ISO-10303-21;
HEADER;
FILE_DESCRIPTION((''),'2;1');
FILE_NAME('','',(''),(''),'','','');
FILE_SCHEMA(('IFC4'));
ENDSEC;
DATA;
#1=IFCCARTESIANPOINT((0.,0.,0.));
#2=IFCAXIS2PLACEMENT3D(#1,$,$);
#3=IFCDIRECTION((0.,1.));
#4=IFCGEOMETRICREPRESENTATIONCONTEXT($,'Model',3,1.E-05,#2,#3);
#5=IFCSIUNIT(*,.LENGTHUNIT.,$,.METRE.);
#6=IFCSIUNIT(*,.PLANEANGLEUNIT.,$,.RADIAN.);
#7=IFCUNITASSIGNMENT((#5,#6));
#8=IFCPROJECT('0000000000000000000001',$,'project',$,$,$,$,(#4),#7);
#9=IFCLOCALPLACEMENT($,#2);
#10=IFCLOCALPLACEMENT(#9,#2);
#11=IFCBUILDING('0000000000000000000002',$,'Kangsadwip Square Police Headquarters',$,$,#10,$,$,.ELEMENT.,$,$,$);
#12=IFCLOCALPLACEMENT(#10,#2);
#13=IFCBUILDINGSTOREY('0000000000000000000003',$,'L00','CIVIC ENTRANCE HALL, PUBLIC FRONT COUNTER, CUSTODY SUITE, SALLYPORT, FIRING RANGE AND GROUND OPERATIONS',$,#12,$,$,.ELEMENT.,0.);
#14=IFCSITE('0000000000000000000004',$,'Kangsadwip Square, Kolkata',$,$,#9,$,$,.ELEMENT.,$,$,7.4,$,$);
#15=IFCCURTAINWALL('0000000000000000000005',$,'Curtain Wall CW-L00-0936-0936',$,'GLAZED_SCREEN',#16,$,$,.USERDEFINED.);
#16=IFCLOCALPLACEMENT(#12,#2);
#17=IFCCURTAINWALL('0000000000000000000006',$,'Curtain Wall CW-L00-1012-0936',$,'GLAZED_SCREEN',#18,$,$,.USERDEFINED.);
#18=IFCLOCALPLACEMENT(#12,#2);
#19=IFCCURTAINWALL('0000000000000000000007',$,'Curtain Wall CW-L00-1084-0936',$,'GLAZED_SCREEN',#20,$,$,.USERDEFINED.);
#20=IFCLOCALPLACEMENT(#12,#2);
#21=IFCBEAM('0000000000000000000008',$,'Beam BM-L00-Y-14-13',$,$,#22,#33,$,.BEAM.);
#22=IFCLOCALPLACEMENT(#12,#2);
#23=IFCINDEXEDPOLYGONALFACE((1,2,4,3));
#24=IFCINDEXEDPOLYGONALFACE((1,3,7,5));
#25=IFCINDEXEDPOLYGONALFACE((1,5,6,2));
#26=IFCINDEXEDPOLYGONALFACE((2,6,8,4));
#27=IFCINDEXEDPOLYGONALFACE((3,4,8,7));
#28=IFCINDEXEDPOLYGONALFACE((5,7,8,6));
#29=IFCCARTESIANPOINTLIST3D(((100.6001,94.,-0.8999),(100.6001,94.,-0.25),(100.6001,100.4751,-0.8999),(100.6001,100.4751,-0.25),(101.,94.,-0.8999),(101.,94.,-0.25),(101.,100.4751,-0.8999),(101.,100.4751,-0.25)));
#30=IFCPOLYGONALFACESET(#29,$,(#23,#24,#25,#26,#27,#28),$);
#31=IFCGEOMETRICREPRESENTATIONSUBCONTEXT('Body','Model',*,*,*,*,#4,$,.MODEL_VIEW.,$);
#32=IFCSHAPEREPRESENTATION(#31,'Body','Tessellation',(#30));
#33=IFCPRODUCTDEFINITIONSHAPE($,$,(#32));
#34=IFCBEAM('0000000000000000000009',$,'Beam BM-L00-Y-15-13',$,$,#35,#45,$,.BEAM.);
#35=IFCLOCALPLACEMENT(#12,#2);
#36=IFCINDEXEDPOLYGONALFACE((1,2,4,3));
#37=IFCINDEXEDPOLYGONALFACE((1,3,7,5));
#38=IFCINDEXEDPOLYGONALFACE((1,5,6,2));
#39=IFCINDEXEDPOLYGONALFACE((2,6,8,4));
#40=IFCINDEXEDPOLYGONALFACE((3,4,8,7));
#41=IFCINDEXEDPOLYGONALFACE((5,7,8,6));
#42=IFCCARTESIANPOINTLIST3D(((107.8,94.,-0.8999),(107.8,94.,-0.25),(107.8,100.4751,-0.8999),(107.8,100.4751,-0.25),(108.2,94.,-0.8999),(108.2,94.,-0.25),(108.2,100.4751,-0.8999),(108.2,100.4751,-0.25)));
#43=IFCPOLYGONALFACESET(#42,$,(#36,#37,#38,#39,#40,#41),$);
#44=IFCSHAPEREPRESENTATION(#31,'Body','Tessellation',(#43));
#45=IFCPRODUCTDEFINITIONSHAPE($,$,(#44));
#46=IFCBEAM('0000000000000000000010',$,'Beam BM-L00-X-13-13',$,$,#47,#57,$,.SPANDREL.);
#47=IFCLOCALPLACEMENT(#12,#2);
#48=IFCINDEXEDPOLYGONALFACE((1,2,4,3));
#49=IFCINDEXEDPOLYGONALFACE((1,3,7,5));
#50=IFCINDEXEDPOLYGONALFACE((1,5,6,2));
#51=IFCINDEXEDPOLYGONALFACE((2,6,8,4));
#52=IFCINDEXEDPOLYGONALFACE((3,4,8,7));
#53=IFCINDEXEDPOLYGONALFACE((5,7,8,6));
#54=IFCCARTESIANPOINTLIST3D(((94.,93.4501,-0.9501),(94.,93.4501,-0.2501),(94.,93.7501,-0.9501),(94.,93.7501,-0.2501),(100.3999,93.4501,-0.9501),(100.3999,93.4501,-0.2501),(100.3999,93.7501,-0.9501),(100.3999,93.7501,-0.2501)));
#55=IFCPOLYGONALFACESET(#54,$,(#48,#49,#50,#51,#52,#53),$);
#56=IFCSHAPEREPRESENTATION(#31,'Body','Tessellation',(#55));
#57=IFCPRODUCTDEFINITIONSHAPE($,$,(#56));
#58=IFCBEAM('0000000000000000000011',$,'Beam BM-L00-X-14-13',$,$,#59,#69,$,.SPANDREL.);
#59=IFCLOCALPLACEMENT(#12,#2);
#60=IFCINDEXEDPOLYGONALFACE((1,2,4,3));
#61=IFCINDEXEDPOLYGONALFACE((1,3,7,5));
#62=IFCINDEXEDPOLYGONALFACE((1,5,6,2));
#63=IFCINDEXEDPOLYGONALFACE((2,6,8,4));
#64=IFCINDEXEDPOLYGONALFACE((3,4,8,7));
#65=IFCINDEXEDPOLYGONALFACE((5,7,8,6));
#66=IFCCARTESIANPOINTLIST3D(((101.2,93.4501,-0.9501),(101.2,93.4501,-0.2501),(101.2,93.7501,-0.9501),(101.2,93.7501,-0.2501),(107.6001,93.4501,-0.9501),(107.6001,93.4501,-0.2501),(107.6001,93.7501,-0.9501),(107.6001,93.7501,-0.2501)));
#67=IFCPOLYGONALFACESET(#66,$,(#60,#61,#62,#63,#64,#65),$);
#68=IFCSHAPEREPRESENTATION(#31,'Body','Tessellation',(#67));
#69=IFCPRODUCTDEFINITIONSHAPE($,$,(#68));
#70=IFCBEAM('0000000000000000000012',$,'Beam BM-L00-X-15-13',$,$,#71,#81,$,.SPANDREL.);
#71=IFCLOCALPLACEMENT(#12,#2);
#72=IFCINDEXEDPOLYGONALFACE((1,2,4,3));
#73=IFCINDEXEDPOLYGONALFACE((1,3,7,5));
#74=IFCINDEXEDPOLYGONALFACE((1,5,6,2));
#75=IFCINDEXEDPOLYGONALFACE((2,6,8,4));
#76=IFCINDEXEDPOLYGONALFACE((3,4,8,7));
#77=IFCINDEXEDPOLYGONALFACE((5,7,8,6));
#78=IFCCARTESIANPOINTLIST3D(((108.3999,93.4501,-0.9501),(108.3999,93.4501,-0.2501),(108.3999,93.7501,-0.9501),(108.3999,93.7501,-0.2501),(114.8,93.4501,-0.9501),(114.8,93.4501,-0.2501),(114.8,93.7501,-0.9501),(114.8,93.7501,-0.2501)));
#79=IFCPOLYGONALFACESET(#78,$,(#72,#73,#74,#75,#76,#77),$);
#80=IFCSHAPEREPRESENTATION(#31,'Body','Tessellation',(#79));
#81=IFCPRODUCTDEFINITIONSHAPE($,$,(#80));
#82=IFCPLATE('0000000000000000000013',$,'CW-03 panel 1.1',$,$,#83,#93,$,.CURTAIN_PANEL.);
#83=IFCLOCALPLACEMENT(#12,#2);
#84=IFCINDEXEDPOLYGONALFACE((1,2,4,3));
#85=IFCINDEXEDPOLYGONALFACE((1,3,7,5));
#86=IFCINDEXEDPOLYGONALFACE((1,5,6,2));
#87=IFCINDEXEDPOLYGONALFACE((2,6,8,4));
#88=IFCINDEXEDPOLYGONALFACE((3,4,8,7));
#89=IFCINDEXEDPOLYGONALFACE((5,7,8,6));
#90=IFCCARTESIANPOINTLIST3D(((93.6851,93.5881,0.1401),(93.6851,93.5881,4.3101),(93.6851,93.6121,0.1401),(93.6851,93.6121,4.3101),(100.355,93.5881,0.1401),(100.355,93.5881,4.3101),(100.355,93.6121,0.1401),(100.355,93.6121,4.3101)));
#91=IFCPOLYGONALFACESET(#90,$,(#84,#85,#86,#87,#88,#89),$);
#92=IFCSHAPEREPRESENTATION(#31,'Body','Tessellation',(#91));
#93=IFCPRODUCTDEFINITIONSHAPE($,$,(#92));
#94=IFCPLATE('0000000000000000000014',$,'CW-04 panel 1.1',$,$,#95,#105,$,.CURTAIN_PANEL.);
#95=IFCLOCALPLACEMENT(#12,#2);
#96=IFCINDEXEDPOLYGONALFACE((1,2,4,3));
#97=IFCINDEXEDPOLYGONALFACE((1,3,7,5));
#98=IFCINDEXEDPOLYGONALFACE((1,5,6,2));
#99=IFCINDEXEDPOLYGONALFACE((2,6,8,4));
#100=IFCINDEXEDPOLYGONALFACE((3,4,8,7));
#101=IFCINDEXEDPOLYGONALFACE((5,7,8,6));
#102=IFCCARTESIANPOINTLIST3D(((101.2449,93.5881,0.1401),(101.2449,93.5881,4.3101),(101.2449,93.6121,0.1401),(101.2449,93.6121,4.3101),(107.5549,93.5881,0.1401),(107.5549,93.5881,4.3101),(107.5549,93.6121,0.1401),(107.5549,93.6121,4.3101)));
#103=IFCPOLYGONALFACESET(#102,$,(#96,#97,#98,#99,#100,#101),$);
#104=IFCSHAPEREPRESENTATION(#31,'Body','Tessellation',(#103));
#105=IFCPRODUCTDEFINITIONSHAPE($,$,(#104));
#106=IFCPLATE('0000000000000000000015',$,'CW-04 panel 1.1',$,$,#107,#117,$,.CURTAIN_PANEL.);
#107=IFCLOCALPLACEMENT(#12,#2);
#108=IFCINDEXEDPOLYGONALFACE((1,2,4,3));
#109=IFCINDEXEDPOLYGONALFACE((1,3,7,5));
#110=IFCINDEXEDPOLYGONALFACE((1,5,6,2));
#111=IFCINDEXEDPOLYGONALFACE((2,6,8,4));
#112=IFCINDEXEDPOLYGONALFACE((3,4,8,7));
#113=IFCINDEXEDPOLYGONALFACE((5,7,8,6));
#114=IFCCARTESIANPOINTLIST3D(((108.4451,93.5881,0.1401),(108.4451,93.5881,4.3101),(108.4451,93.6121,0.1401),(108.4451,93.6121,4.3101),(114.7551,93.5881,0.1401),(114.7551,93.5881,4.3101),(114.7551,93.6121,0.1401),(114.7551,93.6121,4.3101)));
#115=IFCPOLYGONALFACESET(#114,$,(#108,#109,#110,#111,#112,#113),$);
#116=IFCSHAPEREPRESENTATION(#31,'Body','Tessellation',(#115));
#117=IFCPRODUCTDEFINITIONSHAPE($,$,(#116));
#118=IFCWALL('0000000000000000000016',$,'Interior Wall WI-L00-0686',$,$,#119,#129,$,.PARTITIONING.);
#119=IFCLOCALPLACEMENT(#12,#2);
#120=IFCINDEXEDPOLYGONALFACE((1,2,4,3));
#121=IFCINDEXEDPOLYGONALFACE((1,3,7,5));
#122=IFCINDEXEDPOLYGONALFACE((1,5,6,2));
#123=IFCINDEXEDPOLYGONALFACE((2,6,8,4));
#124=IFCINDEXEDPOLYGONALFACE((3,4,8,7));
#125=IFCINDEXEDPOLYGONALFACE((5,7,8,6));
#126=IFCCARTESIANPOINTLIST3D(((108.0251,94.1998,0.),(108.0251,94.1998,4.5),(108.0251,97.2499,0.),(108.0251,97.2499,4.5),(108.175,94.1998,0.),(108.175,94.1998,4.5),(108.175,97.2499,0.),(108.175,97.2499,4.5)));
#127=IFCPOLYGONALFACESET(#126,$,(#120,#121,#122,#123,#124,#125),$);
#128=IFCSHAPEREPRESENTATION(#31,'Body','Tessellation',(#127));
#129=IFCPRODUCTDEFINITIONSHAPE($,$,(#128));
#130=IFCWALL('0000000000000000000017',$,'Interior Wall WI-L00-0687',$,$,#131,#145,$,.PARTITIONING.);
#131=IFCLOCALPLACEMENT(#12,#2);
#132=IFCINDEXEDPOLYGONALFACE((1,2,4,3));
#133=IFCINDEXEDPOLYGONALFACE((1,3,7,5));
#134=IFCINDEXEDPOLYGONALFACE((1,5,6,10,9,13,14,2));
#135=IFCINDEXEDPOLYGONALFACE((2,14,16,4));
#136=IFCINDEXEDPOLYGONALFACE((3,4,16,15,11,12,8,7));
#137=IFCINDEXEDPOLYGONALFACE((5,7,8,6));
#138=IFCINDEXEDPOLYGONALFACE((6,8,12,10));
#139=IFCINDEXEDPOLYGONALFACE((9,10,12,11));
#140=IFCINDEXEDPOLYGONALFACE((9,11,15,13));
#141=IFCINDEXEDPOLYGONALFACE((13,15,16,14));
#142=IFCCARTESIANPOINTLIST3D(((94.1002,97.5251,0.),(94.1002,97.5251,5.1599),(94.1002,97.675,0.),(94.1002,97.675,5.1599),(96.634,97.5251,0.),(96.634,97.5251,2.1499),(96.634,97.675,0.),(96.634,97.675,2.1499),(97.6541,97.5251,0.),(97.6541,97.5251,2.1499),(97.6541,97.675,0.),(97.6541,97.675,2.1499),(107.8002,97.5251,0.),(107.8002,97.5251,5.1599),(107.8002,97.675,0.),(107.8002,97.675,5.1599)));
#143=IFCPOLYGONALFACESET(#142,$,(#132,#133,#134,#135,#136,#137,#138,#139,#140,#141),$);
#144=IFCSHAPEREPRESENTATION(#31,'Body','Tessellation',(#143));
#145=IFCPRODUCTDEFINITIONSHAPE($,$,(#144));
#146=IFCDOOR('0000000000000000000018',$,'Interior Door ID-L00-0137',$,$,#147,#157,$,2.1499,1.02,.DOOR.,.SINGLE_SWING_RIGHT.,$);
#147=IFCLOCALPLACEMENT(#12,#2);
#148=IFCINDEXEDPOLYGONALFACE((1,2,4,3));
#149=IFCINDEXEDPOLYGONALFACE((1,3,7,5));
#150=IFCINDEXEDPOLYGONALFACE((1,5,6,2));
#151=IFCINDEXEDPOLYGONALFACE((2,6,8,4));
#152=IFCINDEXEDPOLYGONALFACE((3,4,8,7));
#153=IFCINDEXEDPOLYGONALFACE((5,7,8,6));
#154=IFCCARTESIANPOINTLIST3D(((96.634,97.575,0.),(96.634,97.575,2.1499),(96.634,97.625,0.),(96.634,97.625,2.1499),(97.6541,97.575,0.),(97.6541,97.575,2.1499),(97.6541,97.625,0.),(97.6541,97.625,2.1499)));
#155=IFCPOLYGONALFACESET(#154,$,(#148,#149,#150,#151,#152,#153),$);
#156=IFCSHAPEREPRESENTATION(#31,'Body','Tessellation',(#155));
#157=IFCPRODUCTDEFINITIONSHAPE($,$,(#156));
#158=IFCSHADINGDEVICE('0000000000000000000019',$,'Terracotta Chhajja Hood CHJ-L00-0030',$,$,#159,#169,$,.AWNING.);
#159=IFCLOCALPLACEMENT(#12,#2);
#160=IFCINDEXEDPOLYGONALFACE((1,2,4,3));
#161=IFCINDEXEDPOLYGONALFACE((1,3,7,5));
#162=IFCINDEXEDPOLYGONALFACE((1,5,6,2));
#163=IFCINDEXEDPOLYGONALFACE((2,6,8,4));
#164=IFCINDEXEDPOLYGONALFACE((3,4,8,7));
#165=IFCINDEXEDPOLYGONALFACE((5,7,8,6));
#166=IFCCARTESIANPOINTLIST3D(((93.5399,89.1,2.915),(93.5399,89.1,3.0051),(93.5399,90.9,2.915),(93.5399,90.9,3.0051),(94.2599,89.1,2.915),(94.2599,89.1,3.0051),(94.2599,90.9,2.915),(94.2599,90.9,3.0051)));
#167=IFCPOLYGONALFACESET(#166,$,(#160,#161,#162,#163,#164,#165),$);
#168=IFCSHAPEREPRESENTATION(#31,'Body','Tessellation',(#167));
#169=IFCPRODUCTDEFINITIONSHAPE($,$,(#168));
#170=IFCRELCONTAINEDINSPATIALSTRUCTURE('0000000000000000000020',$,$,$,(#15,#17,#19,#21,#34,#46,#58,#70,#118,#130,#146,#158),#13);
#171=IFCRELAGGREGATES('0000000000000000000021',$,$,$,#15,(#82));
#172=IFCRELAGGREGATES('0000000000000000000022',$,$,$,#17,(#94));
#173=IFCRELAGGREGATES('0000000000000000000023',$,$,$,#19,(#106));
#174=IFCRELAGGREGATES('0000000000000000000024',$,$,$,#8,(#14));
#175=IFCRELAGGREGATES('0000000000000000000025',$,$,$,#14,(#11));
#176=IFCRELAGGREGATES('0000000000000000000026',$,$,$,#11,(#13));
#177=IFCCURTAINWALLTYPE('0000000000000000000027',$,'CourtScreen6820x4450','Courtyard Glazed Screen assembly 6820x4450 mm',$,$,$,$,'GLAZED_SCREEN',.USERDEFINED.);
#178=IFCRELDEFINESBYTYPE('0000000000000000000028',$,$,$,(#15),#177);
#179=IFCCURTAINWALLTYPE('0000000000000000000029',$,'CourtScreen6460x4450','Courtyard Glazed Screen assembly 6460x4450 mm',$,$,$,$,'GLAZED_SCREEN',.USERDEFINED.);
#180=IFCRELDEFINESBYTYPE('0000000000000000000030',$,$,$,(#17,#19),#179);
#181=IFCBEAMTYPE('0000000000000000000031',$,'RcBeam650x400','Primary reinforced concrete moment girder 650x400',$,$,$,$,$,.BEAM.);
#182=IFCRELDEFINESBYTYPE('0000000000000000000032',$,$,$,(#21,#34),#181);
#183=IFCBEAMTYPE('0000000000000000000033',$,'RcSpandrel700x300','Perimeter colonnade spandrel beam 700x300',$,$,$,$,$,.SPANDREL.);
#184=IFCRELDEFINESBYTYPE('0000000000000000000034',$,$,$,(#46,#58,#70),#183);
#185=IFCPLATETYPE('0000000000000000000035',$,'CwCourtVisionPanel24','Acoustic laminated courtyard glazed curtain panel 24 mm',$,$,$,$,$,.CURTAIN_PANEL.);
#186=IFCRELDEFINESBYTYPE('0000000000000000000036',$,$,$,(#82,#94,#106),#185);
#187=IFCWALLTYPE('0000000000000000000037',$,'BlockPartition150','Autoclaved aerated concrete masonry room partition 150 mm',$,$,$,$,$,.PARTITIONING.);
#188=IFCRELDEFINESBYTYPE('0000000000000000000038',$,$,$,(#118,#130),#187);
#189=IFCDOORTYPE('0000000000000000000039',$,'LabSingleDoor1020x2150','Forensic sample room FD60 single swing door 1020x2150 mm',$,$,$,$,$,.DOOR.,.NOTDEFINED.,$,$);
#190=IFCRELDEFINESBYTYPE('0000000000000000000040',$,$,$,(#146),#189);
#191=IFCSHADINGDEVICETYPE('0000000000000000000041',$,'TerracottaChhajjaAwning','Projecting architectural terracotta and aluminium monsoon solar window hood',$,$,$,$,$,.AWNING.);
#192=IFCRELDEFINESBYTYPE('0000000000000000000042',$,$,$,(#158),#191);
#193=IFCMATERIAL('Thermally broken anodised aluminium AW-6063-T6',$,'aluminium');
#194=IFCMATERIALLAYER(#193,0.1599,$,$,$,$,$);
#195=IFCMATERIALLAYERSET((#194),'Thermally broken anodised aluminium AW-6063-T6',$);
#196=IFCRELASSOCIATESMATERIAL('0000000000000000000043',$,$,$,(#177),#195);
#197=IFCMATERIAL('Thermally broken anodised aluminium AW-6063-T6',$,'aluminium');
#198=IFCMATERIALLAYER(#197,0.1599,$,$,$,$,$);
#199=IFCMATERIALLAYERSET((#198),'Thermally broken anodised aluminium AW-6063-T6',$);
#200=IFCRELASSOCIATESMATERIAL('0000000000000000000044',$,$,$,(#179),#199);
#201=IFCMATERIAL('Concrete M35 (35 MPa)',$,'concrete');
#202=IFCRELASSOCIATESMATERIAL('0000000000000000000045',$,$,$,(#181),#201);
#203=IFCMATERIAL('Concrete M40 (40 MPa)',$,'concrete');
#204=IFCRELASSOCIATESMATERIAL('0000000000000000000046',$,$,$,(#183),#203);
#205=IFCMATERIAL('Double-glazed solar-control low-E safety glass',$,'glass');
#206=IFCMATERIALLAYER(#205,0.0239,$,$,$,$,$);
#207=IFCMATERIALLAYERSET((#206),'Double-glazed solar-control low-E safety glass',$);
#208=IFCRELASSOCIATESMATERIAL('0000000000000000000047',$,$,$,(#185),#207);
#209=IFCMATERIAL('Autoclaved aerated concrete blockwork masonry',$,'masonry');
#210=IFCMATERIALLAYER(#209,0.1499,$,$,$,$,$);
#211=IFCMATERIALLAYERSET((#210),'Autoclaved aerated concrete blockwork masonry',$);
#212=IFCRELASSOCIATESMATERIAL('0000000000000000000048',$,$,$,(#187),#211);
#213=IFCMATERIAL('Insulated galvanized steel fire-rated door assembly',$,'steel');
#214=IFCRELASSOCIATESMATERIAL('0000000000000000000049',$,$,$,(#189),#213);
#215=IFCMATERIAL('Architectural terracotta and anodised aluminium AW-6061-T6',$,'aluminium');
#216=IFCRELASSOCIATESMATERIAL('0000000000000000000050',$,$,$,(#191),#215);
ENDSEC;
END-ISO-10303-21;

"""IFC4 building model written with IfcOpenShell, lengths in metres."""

from ifc_helpers import new_model, si_unit, direction, frame, frame_2d, origin, origin_2d, place, context, subcontext, project, spatial, rectangle, extrude, material, layer, layer_set, material_profile, profile_set, type_object, element, fill, aggregate, save


model = new_model("IFC4")

# Units and contexts
model_context = context("Model", 3, precision=1e-05, world=origin(), true_north=direction((0.0, 1.0)))
body_context = subcontext(model_context, "Body", "Model", "MODEL_VIEW")
ifc_project = project(units=[si_unit("LENGTHUNIT", "METRE"), si_unit("PLANEANGLEUNIT", "RADIAN")], contexts=[model_context])

# Site, building, storey
site_placement = place(None, origin())
site = spatial("IfcSite", under=ifc_project, at=site_placement, Name="Kangsadwip Square, Kolkata", CompositionType="ELEMENT", RefElevation=7.4)
building_placement = place(site_placement, origin())
building = spatial("IfcBuilding", under=site, at=building_placement, Name="Kangsadwip Square Police Headquarters", CompositionType="ELEMENT")
storey_placement = place(building_placement, origin())
storey = spatial("IfcBuildingStorey", under=building, at=storey_placement, Name="L00", Description="CIVIC ENTRANCE HALL, PUBLIC FRONT COUNTER, CUSTODY SUITE, SALLYPORT, FIRING RANGE AND GROUND OPERATIONS", CompositionType="ELEMENT", Elevation=0.0)

# Curtain wall
ifc_material_1 = material(Name="Thermally broken anodised aluminium AW-6063-T6", Category="aluminium")
ifc_layer_1 = layer(ifc_material_1, 0.1599)
ifc_layer_set_1 = layer_set([ifc_layer_1], Name="Thermally broken anodised aluminium AW-6063-T6")
curtain_wall_type_1 = type_object("IfcCurtainWallType", Name="CourtScreen6820x4450", Description="Courtyard Glazed Screen assembly 6820x4450 mm", ElementType="GLAZED_SCREEN", PredefinedType="USERDEFINED", material=ifc_layer_set_1)
curtain_wall_1_placement = place(storey_placement, origin())
curtain_wall_1 = element("IfcCurtainWall", 1, at=curtain_wall_1_placement, inside=storey, type_object=curtain_wall_type_1, Name="Curtain Wall CW-L00-0936-0936", ObjectType="GLAZED_SCREEN", PredefinedType="USERDEFINED")

# Curtain walls
ifc_material_2 = material(Name="Thermally broken anodised aluminium AW-6063-T6", Category="aluminium")
ifc_layer_2 = layer(ifc_material_2, 0.1599)
ifc_layer_set_2 = layer_set([ifc_layer_2], Name="Thermally broken anodised aluminium AW-6063-T6")
curtain_wall_type_2 = type_object("IfcCurtainWallType", Name="CourtScreen6460x4450", Description="Courtyard Glazed Screen assembly 6460x4450 mm", ElementType="GLAZED_SCREEN", PredefinedType="USERDEFINED", material=ifc_layer_set_2)
curtain_wall_2_placement = place(storey_placement, origin())
curtain_wall_2 = element("IfcCurtainWall", 2, at=curtain_wall_2_placement, inside=storey, type_object=curtain_wall_type_2, Name="Curtain Wall CW-L00-1012-0936", ObjectType="GLAZED_SCREEN", PredefinedType="USERDEFINED")
curtain_wall_3_placement = place(storey_placement, origin())
curtain_wall_3 = element("IfcCurtainWall", 3, at=curtain_wall_3_placement, inside=storey, type_object=curtain_wall_type_2, Name="Curtain Wall CW-L00-1084-0936", ObjectType="GLAZED_SCREEN", PredefinedType="USERDEFINED")

# Beams
ifc_material_3 = material(Name="Concrete M35 (35 MPa)", Category="concrete")
ifc_material_profile_1 = material_profile(ifc_material_3, rectangle(XDim=0.3999, YDim=0.6499, at=origin_2d()), Name="RC BM 650X400")
ifc_profile_set_1 = profile_set([ifc_material_profile_1], Name="Concrete M35 (35 MPa)")
beam_type_1 = type_object("IfcBeamType", Name="RcBeam650x400", Description="Primary reinforced concrete moment girder 650x400", PredefinedType="BEAM", material=ifc_profile_set_1)
for number, where, z_axis, x_axis, name in (
    (4, (100.8, 94.0, -0.575), (0.0, 1.0, 0.0), (-1.0, 0.0, 0.0), "Beam BM-L00-Y-14-13"),
    (5, (108.0, 94.0, -0.575), (0.0, 1.0, 0.0), (-1.0, 0.0, 0.0), "Beam BM-L00-Y-15-13"),
):
    element("IfcBeam", number, at=place(storey_placement, frame(where, z_axis=z_axis, x_axis=x_axis)), inside=storey, type_object=beam_type_1, Name=name, PredefinedType="BEAM", context=body_context, shape_type="SweptSolid", body=[
        extrude(rectangle(XDim=0.3999, YDim=0.6499, at=origin_2d()), origin(), (0.0, 0.0, 1.0), 6.4751),
    ])
ifc_material_4 = material(Name="Concrete M40 (40 MPa)", Category="concrete")
ifc_material_profile_2 = material_profile(ifc_material_4, rectangle(XDim=0.3, YDim=0.7, at=origin_2d()), Name="RC SPN 700X300")
ifc_profile_set_2 = profile_set([ifc_material_profile_2], Name="Concrete M40 (40 MPa)")
beam_type_2 = type_object("IfcBeamType", Name="RcSpandrel700x300", Description="Perimeter colonnade spandrel beam 700x300", PredefinedType="SPANDREL", material=ifc_profile_set_2)
beam_placement = place(storey_placement, frame((94.0, 93.6001, -0.6001), z_axis=(1.0, 0.0, 0.0), x_axis=(0.0, 1.0, 0.0)))
element("IfcBeam", 6, at=beam_placement, inside=storey, type_object=beam_type_2, Name="Beam BM-L00-X-13-13", PredefinedType="SPANDREL", context=body_context, shape_type="SweptSolid", body=[
    extrude(rectangle(XDim=0.3, YDim=0.7, at=origin_2d()), origin(), (0.0, 0.0, 1.0), 6.3999),
])
for number, where, z_axis, x_axis, name in (
    (7, (101.2, 93.6001, -0.6001), (1.0, 0.0, 0.0), (0.0, 1.0, 0.0), "Beam BM-L00-X-14-13"),
    (8, (108.3999, 93.6001, -0.6001), (1.0, 0.0, 0.0), (0.0, 1.0, 0.0), "Beam BM-L00-X-15-13"),
):
    element("IfcBeam", number, at=place(storey_placement, frame(where, z_axis=z_axis, x_axis=x_axis)), inside=storey, type_object=beam_type_2, Name=name, PredefinedType="SPANDREL", context=body_context, shape_type="SweptSolid", body=[
        extrude(rectangle(XDim=0.3, YDim=0.7, at=origin_2d()), origin(), (0.0, 0.0, 1.0), 6.4001),
    ])

# Plates
ifc_material_5 = material(Name="Double-glazed solar-control low-E safety glass", Category="glass")
ifc_layer_3 = layer(ifc_material_5, 0.0239)
ifc_layer_set_3 = layer_set([ifc_layer_3], Name="Double-glazed solar-control low-E safety glass")
plate_type = type_object("IfcPlateType", Name="CwCourtVisionPanel24", Description="Acoustic laminated courtyard glazed curtain panel 24 mm", PredefinedType="CURTAIN_PANEL", material=ifc_layer_set_3)
plate_1_placement = place(storey_placement, frame((97.02, 93.6001, 0.1401), z_axis=(0.0, 0.0, 1.0), x_axis=(1.0, 0.0, 0.0)))
plate_1 = element("IfcPlate", 9, at=plate_1_placement, type_object=plate_type, Name="CW-03 panel 1.1", PredefinedType="CURTAIN_PANEL", context=body_context, shape_type="SweptSolid", body=[
    extrude(rectangle(XDim=6.6699, YDim=0.0239, at=origin_2d()), origin(), (0.0, 0.0, 1.0), 4.1699),
])
aggregate(curtain_wall_1, [plate_1])
plate_2_placement = place(storey_placement, frame((104.3999, 93.6001, 0.1401), z_axis=(0.0, 0.0, 1.0), x_axis=(1.0, 0.0, 0.0)))
plate_2 = element("IfcPlate", 10, at=plate_2_placement, type_object=plate_type, Name="CW-04 panel 1.1", PredefinedType="CURTAIN_PANEL", context=body_context, shape_type="SweptSolid", body=[
    extrude(rectangle(XDim=6.3101, YDim=0.0239, at=origin_2d()), origin(), (0.0, 0.0, 1.0), 4.1699),
])
aggregate(curtain_wall_2, [plate_2])
plate_3_placement = place(storey_placement, frame((111.6001, 93.6001, 0.1401), z_axis=(0.0, 0.0, 1.0), x_axis=(1.0, 0.0, 0.0)))
plate_3 = element("IfcPlate", 11, at=plate_3_placement, type_object=plate_type, Name="CW-04 panel 1.1", PredefinedType="CURTAIN_PANEL", context=body_context, shape_type="SweptSolid", body=[
    extrude(rectangle(XDim=6.3101, YDim=0.0239, at=origin_2d()), origin(), (0.0, 0.0, 1.0), 4.1699),
])
aggregate(curtain_wall_3, [plate_3])

# Wall
ifc_material_6 = material(Name="Autoclaved aerated concrete blockwork masonry", Category="masonry")
ifc_layer_4 = layer(ifc_material_6, 0.1499)
ifc_layer_set_4 = layer_set([ifc_layer_4], Name="Autoclaved aerated concrete blockwork masonry")
wall_type = type_object("IfcWallType", Name="BlockPartition150", Description="Autoclaved aerated concrete masonry room partition 150 mm", PredefinedType="PARTITIONING", material=ifc_layer_set_4)
wall_1_placement = place(storey_placement, frame((108.1001, 94.2, 0.0), z_axis=(0.0, 0.0, 1.0), x_axis=(0.0, 1.0, 0.0)))
element("IfcWall", 12, at=wall_1_placement, inside=storey, type_object=wall_type, Name="Interior Wall WI-L00-0686", PredefinedType="PARTITIONING", context=body_context, shape_type="SweptSolid", body=[
    extrude(rectangle(XDim=3.05, YDim=0.1499, at=frame_2d((1.5249, 0.0))), origin(), (0.0, 0.0, 1.0), 4.5),
])

# Wall, opening, door
wall_2_placement = place(storey_placement, frame((94.1001, 97.6001, 0.0), z_axis=(0.0, 0.0, 1.0), x_axis=(1.0, 0.0, 0.0)))
wall_2 = element("IfcWall", 13, at=wall_2_placement, inside=storey, type_object=wall_type, Name="Interior Wall WI-L00-0687", PredefinedType="PARTITIONING", context=body_context, shape_type="SweptSolid", body=[
    extrude(rectangle(XDim=13.7, YDim=0.1499, at=frame_2d((6.8501, 0.0))), origin(), (0.0, 0.0, 1.0), 5.1599),
])
opening_placement = place(wall_2_placement, frame((2.5339, 0.0, 0.0)))
opening = element("IfcOpeningElement", 14, at=opening_placement, cuts=wall_2, PredefinedType="OPENING", context=body_context, shape_type="SweptSolid", body=[
    extrude(rectangle(XDim=1.02, YDim=2.1499, at=frame_2d((0.51, 1.075))), frame((0.0, 0.085, 0.0), z_axis=(0.0, -1.0, 0.0), x_axis=(1.0, 0.0, 0.0)), (0.0, 0.0, 1.0), 0.1699),
])
ifc_material_7 = material(Name="Insulated galvanized steel fire-rated door assembly", Category="steel")
door_type = type_object("IfcDoorType", Name="LabSingleDoor1020x2150", Description="Forensic sample room FD60 single swing door 1020x2150 mm", OperationType="NOTDEFINED", PredefinedType="DOOR", material=ifc_material_7)
door_placement = place(opening_placement, origin())
door = element("IfcDoor", 15, at=door_placement, inside=storey, type_object=door_type, Name="Interior Door ID-L00-0137", OperationType="SINGLE_SWING_RIGHT", OverallHeight=2.1499, OverallWidth=1.02, PredefinedType="DOOR", context=body_context, shape_type="SweptSolid", body=[
    extrude(rectangle(XDim=1.02, YDim=2.1499, at=frame_2d((0.51, 1.075))), frame((0.0, 0.0249, 0.0), z_axis=(0.0, -1.0, 0.0), x_axis=(1.0, 0.0, 0.0)), (0.0, 0.0, 1.0), 0.05),
])
fill(opening, door)

# Shading device
ifc_material_8 = material(Name="Architectural terracotta and anodised aluminium AW-6061-T6", Category="aluminium")
shading_device_type = type_object("IfcShadingDeviceType", Name="TerracottaChhajjaAwning", Description="Projecting architectural terracotta and aluminium monsoon solar window hood", PredefinedType="AWNING", material=ifc_material_8)
shading_device_placement = place(storey_placement, frame((93.8999, 90.0, 2.915), z_axis=(0.0, 0.0, 1.0), x_axis=(0.0, 1.0, 0.0)))
element("IfcShadingDevice", 16, at=shading_device_placement, inside=storey, type_object=shading_device_type, Name="Terracotta Chhajja Hood CHJ-L00-0030", PredefinedType="AWNING", context=body_context, shape_type="SweptSolid", body=[
    extrude(rectangle(XDim=1.8, YDim=0.72, at=origin_2d()), origin(), (0.0, 0.0, 1.0), 0.0901),
])

save(model, "model.ifc")
